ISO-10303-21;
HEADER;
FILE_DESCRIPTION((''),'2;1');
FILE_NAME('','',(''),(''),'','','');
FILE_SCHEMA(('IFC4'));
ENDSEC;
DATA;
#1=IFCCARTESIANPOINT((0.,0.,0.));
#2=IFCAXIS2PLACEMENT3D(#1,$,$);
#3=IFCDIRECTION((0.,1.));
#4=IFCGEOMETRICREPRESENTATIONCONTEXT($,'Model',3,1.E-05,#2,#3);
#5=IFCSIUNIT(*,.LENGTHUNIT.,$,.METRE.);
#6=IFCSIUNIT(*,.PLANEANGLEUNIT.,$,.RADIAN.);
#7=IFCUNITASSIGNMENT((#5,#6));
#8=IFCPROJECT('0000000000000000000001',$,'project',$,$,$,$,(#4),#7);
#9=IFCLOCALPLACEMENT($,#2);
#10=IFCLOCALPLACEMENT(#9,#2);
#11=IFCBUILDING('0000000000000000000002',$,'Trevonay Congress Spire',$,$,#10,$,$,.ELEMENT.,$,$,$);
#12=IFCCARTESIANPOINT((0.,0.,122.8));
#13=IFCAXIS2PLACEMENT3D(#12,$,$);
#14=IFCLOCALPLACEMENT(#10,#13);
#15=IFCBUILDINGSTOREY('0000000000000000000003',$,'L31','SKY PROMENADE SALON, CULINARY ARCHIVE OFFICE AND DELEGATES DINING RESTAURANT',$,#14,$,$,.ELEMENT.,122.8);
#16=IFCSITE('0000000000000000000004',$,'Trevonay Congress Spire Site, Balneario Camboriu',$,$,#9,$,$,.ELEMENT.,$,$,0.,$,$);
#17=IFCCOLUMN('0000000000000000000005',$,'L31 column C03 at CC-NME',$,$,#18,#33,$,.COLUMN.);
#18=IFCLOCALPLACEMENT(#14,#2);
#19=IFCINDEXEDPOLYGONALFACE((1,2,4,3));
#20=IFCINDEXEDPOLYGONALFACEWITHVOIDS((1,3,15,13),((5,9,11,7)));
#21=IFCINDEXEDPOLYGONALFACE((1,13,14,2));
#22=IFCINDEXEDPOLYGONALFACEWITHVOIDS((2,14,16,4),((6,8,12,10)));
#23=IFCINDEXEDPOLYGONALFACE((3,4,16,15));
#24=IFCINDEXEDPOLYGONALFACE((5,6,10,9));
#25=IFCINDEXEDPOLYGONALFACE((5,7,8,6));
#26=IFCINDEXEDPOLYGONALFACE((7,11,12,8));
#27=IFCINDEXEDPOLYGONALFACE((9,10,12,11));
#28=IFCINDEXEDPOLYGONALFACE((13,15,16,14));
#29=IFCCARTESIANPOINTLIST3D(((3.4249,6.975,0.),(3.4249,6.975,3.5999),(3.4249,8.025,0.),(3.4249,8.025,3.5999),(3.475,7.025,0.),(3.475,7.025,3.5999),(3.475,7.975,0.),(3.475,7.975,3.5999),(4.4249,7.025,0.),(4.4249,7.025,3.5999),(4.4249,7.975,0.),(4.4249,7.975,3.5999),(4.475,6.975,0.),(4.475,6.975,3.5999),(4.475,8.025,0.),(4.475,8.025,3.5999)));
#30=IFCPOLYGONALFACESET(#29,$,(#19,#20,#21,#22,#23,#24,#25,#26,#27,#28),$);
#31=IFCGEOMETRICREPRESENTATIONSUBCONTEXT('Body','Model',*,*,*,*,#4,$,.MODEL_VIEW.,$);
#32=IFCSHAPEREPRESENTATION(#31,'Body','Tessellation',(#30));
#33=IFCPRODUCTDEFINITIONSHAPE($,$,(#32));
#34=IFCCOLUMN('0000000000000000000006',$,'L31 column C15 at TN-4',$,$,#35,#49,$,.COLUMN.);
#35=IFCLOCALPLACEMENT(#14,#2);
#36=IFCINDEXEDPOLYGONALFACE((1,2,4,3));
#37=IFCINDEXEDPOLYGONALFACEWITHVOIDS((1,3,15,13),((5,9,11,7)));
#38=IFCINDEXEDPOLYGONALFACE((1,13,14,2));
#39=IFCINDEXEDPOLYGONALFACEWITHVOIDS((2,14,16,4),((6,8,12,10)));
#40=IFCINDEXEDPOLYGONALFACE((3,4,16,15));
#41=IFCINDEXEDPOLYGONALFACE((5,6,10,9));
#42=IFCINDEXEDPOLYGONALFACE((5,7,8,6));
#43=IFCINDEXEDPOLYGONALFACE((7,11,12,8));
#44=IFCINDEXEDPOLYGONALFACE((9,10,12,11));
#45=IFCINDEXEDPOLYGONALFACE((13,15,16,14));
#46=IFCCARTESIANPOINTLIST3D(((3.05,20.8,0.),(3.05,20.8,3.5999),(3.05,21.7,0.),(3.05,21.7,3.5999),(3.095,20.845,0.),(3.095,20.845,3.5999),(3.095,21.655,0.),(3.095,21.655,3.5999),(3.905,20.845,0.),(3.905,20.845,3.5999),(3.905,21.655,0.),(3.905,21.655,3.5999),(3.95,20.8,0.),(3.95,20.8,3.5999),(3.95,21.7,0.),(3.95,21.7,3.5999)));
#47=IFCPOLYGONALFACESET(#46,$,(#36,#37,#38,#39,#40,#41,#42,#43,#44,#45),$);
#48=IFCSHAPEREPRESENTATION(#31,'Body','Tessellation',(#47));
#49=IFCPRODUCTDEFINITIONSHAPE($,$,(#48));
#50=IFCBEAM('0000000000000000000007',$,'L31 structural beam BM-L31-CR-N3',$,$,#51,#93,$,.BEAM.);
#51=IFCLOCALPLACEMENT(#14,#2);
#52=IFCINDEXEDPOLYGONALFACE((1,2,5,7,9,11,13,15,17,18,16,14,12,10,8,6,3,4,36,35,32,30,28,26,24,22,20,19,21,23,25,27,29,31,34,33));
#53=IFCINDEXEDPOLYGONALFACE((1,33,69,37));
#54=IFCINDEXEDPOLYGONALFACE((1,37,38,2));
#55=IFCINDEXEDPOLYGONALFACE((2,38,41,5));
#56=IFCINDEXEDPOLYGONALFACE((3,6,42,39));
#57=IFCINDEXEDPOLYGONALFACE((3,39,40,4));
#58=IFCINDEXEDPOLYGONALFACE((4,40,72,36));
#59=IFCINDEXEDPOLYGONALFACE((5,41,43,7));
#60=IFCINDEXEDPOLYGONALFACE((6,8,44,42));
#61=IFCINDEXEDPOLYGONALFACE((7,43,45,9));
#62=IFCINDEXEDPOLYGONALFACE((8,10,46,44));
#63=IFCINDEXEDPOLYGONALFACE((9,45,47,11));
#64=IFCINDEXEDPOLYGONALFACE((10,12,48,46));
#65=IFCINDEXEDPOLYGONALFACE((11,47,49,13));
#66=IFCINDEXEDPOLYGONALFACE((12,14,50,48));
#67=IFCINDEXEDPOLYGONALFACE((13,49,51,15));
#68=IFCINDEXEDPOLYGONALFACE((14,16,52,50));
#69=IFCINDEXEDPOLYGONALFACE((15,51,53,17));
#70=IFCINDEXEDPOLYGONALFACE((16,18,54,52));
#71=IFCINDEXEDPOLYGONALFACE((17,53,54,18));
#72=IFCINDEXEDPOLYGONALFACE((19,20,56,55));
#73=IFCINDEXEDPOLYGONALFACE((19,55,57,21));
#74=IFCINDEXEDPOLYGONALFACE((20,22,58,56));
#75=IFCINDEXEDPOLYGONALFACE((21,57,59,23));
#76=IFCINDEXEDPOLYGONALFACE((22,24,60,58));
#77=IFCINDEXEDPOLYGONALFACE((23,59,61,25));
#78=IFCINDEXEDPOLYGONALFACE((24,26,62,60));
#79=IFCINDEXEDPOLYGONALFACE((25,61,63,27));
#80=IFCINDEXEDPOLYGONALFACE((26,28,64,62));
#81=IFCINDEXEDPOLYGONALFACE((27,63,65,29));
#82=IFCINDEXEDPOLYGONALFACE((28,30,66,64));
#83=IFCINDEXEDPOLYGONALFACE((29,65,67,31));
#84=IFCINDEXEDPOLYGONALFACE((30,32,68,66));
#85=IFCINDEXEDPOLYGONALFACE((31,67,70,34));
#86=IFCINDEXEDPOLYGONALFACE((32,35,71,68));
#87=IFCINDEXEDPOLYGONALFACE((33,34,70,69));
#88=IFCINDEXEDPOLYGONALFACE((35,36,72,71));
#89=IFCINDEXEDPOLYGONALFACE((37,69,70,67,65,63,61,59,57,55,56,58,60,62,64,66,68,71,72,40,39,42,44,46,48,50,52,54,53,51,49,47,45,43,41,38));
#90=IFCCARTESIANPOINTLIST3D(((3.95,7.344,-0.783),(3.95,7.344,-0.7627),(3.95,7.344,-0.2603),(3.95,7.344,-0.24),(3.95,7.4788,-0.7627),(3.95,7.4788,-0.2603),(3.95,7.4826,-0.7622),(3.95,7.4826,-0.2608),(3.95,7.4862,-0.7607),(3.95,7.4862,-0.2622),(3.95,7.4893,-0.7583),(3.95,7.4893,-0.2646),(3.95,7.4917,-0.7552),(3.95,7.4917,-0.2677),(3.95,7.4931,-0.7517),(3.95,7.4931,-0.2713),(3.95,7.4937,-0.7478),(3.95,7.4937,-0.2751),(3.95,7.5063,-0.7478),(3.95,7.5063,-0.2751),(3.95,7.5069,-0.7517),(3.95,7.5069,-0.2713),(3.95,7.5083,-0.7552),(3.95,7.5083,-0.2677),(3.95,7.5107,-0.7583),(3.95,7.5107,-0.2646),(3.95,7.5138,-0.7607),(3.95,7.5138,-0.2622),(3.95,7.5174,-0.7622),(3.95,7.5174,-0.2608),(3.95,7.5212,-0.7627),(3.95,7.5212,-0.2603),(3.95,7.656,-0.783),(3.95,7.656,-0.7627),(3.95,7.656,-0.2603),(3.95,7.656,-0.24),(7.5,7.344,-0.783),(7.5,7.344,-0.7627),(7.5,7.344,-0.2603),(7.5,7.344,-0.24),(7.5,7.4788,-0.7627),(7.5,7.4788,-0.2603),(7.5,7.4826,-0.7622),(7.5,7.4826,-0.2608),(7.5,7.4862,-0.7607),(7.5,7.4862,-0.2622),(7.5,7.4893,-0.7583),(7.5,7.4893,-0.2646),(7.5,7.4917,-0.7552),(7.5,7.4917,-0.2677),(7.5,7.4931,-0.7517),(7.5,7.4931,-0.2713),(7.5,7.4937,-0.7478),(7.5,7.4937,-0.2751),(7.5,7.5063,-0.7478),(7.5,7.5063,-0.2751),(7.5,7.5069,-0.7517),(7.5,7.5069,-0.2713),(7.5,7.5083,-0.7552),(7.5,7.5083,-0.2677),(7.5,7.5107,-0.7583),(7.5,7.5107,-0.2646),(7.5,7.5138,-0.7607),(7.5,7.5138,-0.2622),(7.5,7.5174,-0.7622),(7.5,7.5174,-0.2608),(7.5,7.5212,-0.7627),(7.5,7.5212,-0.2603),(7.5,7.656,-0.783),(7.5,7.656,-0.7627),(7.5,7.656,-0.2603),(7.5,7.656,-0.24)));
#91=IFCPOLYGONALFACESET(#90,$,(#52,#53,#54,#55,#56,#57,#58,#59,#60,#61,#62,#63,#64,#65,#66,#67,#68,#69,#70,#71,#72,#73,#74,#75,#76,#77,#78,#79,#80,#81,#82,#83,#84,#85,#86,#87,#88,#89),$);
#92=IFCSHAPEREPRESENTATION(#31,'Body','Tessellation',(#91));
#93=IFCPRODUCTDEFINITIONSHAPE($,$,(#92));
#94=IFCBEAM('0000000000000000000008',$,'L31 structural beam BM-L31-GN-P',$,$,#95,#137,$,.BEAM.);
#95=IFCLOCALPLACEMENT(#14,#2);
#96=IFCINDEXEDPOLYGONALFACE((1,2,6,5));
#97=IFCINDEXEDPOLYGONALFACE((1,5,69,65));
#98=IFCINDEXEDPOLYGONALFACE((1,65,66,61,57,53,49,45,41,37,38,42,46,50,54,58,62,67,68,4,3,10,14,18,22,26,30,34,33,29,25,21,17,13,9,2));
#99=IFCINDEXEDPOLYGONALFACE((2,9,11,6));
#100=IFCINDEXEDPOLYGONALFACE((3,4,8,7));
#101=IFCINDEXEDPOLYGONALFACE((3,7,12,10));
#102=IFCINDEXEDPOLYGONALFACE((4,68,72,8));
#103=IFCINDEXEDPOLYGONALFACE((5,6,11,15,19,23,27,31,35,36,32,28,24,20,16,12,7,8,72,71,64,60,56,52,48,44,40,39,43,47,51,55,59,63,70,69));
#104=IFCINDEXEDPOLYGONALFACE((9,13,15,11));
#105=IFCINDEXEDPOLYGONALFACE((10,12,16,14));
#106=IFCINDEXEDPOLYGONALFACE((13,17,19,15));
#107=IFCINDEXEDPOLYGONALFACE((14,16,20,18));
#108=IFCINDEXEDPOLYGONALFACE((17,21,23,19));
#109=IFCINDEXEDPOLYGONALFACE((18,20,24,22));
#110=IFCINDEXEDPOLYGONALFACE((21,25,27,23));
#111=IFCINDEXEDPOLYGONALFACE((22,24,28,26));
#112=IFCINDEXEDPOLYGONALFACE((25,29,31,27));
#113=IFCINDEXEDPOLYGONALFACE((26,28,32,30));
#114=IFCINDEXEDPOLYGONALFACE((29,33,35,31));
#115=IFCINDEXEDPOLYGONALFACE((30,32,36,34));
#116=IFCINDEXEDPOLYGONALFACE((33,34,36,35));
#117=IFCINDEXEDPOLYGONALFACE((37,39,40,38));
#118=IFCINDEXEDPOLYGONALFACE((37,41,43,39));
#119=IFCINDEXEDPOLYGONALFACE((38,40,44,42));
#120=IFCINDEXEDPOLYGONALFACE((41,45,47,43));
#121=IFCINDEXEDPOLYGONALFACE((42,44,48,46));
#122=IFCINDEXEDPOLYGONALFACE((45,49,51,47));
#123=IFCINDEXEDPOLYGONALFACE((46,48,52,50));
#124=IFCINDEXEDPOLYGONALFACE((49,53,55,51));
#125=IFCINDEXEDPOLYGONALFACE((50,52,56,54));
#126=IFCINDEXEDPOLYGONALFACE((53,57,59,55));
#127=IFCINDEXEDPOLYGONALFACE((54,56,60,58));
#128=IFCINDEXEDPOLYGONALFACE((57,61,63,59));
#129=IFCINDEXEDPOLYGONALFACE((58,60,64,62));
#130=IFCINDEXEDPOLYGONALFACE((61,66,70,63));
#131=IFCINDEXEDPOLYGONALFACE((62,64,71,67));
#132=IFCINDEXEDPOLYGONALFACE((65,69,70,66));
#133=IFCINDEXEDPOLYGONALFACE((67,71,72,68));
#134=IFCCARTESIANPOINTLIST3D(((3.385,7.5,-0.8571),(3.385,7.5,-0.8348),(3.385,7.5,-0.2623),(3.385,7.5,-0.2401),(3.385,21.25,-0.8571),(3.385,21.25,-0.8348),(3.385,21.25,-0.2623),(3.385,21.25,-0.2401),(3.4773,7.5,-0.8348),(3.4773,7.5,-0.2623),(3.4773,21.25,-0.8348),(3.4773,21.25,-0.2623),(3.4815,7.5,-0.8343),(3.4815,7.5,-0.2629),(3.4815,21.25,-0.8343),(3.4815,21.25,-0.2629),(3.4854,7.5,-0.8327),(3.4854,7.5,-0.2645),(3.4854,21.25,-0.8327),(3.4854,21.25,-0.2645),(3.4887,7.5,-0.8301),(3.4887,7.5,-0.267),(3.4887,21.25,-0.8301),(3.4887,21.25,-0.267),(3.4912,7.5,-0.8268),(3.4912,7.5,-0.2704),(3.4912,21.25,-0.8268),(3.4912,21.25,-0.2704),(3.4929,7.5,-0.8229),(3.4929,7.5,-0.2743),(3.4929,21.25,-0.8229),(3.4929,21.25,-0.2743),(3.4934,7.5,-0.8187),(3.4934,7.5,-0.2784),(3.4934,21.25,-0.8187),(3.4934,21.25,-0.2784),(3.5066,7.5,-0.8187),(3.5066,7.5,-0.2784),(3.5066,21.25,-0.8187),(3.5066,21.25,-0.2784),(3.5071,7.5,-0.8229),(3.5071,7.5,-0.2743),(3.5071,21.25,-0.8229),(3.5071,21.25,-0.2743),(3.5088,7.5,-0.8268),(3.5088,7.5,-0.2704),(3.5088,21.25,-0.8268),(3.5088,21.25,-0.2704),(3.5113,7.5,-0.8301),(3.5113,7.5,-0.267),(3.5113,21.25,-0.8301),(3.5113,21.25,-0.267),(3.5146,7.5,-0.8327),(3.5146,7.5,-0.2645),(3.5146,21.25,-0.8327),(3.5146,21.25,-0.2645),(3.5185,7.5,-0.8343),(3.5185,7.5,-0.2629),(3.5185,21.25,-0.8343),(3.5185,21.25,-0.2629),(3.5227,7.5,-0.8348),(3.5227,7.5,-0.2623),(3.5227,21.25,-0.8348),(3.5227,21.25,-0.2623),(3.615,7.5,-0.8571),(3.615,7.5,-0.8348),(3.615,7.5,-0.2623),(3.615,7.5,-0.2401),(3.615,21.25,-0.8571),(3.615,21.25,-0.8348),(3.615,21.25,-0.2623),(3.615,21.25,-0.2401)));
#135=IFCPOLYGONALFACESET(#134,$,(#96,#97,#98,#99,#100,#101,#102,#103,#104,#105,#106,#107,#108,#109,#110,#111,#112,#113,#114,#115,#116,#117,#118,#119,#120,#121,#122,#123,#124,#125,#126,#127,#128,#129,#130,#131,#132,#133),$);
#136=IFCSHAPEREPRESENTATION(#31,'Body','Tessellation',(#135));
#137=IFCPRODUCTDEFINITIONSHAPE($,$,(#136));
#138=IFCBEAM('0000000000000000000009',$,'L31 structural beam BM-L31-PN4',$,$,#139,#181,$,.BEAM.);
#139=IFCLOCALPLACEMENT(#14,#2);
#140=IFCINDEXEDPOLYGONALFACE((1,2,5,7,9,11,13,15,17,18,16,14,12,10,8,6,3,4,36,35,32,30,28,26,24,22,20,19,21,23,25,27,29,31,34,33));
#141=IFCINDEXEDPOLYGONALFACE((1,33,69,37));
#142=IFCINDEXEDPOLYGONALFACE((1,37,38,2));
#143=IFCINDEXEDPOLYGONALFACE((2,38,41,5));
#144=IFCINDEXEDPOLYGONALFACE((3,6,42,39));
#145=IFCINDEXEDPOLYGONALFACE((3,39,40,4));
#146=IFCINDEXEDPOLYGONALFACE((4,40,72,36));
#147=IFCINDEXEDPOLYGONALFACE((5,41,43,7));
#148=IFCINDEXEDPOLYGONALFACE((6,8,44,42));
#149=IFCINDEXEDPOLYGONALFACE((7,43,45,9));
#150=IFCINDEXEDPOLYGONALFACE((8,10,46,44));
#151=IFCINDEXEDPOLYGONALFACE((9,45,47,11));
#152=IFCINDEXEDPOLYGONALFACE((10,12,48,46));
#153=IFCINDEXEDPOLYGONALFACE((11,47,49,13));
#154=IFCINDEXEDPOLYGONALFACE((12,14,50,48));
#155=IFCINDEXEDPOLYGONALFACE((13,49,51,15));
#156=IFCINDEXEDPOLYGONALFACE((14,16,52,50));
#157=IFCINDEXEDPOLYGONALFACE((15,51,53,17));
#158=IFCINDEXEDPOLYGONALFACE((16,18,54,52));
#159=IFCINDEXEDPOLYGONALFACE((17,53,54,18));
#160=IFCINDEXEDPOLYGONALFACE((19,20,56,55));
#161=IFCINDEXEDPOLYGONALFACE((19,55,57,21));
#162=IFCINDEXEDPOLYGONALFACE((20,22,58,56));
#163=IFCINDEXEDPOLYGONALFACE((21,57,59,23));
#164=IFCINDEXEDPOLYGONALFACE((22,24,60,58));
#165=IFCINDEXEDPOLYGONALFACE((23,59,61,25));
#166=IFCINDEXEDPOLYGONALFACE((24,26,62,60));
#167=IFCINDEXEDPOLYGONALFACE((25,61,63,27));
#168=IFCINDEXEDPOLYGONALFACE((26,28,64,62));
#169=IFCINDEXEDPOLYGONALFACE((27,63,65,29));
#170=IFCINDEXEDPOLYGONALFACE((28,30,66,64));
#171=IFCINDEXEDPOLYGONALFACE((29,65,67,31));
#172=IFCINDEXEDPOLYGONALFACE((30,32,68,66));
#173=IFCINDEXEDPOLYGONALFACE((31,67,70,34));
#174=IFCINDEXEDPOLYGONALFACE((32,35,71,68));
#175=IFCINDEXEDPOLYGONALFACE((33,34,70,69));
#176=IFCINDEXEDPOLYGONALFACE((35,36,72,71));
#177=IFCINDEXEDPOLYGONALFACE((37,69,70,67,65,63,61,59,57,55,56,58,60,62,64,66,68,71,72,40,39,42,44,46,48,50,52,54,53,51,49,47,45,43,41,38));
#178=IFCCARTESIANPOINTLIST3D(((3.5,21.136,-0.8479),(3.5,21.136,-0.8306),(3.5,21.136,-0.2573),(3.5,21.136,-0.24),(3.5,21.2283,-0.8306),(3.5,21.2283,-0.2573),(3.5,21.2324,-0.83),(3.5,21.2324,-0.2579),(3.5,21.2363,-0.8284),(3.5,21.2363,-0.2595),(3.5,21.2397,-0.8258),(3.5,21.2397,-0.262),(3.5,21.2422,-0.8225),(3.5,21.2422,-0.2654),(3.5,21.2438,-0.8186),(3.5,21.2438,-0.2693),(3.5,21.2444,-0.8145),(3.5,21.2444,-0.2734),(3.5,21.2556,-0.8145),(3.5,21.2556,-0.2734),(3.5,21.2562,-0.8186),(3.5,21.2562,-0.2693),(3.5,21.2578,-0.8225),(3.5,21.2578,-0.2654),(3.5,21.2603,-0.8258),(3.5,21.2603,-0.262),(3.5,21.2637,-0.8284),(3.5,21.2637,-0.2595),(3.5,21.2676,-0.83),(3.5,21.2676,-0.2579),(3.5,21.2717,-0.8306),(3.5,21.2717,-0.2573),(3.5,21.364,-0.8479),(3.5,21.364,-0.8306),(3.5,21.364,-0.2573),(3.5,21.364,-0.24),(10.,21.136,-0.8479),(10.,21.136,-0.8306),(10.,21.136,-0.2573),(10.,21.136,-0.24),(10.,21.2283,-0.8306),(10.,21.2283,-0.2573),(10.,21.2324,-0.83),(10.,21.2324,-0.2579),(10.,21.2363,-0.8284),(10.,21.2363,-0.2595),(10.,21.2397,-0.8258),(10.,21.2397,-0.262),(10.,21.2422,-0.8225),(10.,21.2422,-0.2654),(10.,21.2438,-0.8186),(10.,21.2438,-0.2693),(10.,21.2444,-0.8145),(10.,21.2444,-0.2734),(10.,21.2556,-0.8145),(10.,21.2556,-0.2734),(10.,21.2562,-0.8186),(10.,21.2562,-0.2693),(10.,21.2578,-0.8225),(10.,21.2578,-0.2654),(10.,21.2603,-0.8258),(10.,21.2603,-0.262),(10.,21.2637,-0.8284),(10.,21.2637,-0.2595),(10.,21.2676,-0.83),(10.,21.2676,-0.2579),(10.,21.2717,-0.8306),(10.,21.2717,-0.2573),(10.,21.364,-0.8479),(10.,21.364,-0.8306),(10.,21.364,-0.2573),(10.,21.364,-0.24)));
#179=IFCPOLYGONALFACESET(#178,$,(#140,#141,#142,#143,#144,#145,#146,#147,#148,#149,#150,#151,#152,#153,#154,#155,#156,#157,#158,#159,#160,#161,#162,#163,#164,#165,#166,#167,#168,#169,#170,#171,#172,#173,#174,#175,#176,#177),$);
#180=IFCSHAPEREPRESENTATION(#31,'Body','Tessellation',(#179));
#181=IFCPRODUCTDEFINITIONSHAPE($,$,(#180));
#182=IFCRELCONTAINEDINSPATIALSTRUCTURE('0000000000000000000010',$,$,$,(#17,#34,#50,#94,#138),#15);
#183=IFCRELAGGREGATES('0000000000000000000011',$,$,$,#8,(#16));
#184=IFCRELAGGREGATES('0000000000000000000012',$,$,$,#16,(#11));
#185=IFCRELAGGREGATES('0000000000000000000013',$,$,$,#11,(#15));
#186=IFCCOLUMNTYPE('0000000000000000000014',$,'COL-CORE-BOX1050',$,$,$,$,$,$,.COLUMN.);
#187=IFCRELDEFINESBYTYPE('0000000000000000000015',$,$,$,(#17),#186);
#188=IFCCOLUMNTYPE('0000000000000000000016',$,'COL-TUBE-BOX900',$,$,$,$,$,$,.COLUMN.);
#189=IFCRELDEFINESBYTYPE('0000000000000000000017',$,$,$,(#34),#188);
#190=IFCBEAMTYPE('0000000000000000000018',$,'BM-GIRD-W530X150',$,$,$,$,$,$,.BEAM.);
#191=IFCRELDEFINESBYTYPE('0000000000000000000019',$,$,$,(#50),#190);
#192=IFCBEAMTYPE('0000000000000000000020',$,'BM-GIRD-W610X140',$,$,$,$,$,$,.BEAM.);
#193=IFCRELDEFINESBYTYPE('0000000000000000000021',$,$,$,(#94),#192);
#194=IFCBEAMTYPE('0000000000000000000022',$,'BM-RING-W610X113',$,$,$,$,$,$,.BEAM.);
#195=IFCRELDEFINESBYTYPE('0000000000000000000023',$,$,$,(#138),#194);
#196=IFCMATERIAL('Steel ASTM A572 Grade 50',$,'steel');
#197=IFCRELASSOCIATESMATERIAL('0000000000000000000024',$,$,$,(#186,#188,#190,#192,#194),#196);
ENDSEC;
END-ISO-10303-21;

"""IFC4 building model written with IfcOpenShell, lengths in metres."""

from ifc_helpers import new_model, si_unit, direction, frame, origin, origin_2d, place, context, subcontext, project, spatial, hollow_rectangle, i_section, extrude, material, material_profile, profile_set, type_object, element, save


model = new_model("IFC4")

# Units and contexts
model_context = context("Model", 3, precision=1e-05, world=origin(), true_north=direction((0.0, 1.0)))
body_context = subcontext(model_context, "Body", "Model", "MODEL_VIEW")
ifc_project = project(units=[si_unit("LENGTHUNIT", "METRE"), si_unit("PLANEANGLEUNIT", "RADIAN")], contexts=[model_context])

# Site, building, storey
site_placement = place(None, origin())
site = spatial("IfcSite", under=ifc_project, at=site_placement, Name="Trevonay Congress Spire Site, Balneario Camboriu", CompositionType="ELEMENT", RefElevation=0.0)
building_placement = place(site_placement, origin())
building = spatial("IfcBuilding", under=site, at=building_placement, Name="Trevonay Congress Spire", CompositionType="ELEMENT")
storey_placement = place(building_placement, frame((0.0, 0.0, 122.8)))
storey = spatial("IfcBuildingStorey", under=building, at=storey_placement, Name="L31", Description="SKY PROMENADE SALON, CULINARY ARCHIVE OFFICE AND DELEGATES DINING RESTAURANT", CompositionType="ELEMENT", Elevation=122.8)

# Columns
ifc_material_1 = material(Name="Steel ASTM A572 Grade 50", Category="steel")
ifc_material_profile_1 = material_profile(ifc_material_1, hollow_rectangle(XDim=1.05, YDim=1.05, WallThickness=0.05, at=origin_2d()), Name="BOX 1050x1050x50")
ifc_profile_set_1 = profile_set([ifc_material_profile_1], Name="Steel ASTM A572 Grade 50")
column_type_1 = type_object("IfcColumnType", Name="COL-CORE-BOX1050", PredefinedType="COLUMN", material=ifc_profile_set_1)
column_1_placement = place(storey_placement, frame((3.95, 7.5, 0.0), z_axis=(0.0, 0.0, 1.0), x_axis=(1.0, 0.0, 0.0)))
element("IfcColumn", 1, at=column_1_placement, inside=storey, type_object=column_type_1, Name="L31 column C03 at CC-NME", PredefinedType="COLUMN", context=body_context, shape_type="SweptSolid", body=[
    extrude(hollow_rectangle(XDim=1.05, YDim=1.05, WallThickness=0.05, at=origin_2d()), origin(), (0.0, 0.0, 1.0), 3.5999),
])
ifc_material_profile_2 = material_profile(ifc_material_1, hollow_rectangle(XDim=0.8999, YDim=0.8999, WallThickness=0.0449, at=origin_2d()), Name="BOX 900x900x45")
ifc_profile_set_2 = profile_set([ifc_material_profile_2], Name="Steel ASTM A572 Grade 50")
column_type_2 = type_object("IfcColumnType", Name="COL-TUBE-BOX900", PredefinedType="COLUMN", material=ifc_profile_set_2)
column_2_placement = place(storey_placement, frame((3.5, 21.25, 0.0), z_axis=(0.0, 0.0, 1.0), x_axis=(1.0, 0.0, 0.0)))
element("IfcColumn", 2, at=column_2_placement, inside=storey, type_object=column_type_2, Name="L31 column C15 at TN-4", PredefinedType="COLUMN", context=body_context, shape_type="SweptSolid", body=[
    extrude(hollow_rectangle(XDim=0.8999, YDim=0.8999, WallThickness=0.0449, at=origin_2d()), origin(), (0.0, 0.0, 1.0), 3.5999),
])

# Beams
ifc_material_profile_3 = material_profile(ifc_material_1, i_section(OverallWidth=0.312, OverallDepth=0.543, WebThickness=0.0127, FlangeThickness=0.0203, FilletRadius=0.0149, at=origin_2d()), Name="W530x150")
ifc_profile_set_3 = profile_set([ifc_material_profile_3], Name="Steel ASTM A572 Grade 50")
beam_type_1 = type_object("IfcBeamType", Name="BM-GIRD-W530X150", PredefinedType="BEAM", material=ifc_profile_set_3)
beam_1_placement = place(storey_placement, frame((3.95, 7.5, -0.5115), z_axis=(1.0, 0.0, 0.0), x_axis=(0.0, 1.0, 0.0)))
element("IfcBeam", 3, at=beam_1_placement, inside=storey, type_object=beam_type_1, Name="L31 structural beam BM-L31-CR-N3", PredefinedType="BEAM", context=body_context, shape_type="SweptSolid", body=[
    extrude(i_section(OverallWidth=0.312, OverallDepth=0.543, WebThickness=0.0127, FlangeThickness=0.0203, FilletRadius=0.0149, at=origin_2d()), origin(), (0.0, 0.0, 1.0), 3.55),
])
ifc_material_profile_4 = material_profile(ifc_material_1, i_section(OverallWidth=0.23, OverallDepth=0.6169, WebThickness=0.0132, FlangeThickness=0.0222, FilletRadius=0.0161, at=origin_2d()), Name="W610x140")
ifc_profile_set_4 = profile_set([ifc_material_profile_4], Name="Steel ASTM A572 Grade 50")
beam_type_2 = type_object("IfcBeamType", Name="BM-GIRD-W610X140", PredefinedType="BEAM", material=ifc_profile_set_4)
beam_2_placement = place(storey_placement, frame((3.5, 7.5, -0.5486), z_axis=(0.0, 1.0, 0.0), x_axis=(-1.0, 0.0, 0.0)))
element("IfcBeam", 4, at=beam_2_placement, inside=storey, type_object=beam_type_2, Name="L31 structural beam BM-L31-GN-P", PredefinedType="BEAM", context=body_context, shape_type="SweptSolid", body=[
    extrude(i_section(OverallWidth=0.23, OverallDepth=0.6169, WebThickness=0.0132, FlangeThickness=0.0222, FilletRadius=0.0161, at=origin_2d()), origin(), (0.0, 0.0, 1.0), 13.75),
])
ifc_material_profile_5 = material_profile(ifc_material_1, i_section(OverallWidth=0.228, OverallDepth=0.6079, WebThickness=0.0112, FlangeThickness=0.0173, FilletRadius=0.0161, at=origin_2d()), Name="W610x113")
ifc_profile_set_5 = profile_set([ifc_material_profile_5], Name="Steel ASTM A572 Grade 50")
beam_type_3 = type_object("IfcBeamType", Name="BM-RING-W610X113", PredefinedType="BEAM", material=ifc_profile_set_5)
beam_3_placement = place(storey_placement, frame((3.5, 21.25, -0.5439), z_axis=(1.0, 0.0, 0.0), x_axis=(0.0, 1.0, 0.0)))
element("IfcBeam", 5, at=beam_3_placement, inside=storey, type_object=beam_type_3, Name="L31 structural beam BM-L31-PN4", PredefinedType="BEAM", context=body_context, shape_type="SweptSolid", body=[
    extrude(i_section(OverallWidth=0.228, OverallDepth=0.6079, WebThickness=0.0112, FlangeThickness=0.0173, FilletRadius=0.0161, at=origin_2d()), origin(), (0.0, 0.0, 1.0), 6.5),
])

save(model, "model.ifc")
